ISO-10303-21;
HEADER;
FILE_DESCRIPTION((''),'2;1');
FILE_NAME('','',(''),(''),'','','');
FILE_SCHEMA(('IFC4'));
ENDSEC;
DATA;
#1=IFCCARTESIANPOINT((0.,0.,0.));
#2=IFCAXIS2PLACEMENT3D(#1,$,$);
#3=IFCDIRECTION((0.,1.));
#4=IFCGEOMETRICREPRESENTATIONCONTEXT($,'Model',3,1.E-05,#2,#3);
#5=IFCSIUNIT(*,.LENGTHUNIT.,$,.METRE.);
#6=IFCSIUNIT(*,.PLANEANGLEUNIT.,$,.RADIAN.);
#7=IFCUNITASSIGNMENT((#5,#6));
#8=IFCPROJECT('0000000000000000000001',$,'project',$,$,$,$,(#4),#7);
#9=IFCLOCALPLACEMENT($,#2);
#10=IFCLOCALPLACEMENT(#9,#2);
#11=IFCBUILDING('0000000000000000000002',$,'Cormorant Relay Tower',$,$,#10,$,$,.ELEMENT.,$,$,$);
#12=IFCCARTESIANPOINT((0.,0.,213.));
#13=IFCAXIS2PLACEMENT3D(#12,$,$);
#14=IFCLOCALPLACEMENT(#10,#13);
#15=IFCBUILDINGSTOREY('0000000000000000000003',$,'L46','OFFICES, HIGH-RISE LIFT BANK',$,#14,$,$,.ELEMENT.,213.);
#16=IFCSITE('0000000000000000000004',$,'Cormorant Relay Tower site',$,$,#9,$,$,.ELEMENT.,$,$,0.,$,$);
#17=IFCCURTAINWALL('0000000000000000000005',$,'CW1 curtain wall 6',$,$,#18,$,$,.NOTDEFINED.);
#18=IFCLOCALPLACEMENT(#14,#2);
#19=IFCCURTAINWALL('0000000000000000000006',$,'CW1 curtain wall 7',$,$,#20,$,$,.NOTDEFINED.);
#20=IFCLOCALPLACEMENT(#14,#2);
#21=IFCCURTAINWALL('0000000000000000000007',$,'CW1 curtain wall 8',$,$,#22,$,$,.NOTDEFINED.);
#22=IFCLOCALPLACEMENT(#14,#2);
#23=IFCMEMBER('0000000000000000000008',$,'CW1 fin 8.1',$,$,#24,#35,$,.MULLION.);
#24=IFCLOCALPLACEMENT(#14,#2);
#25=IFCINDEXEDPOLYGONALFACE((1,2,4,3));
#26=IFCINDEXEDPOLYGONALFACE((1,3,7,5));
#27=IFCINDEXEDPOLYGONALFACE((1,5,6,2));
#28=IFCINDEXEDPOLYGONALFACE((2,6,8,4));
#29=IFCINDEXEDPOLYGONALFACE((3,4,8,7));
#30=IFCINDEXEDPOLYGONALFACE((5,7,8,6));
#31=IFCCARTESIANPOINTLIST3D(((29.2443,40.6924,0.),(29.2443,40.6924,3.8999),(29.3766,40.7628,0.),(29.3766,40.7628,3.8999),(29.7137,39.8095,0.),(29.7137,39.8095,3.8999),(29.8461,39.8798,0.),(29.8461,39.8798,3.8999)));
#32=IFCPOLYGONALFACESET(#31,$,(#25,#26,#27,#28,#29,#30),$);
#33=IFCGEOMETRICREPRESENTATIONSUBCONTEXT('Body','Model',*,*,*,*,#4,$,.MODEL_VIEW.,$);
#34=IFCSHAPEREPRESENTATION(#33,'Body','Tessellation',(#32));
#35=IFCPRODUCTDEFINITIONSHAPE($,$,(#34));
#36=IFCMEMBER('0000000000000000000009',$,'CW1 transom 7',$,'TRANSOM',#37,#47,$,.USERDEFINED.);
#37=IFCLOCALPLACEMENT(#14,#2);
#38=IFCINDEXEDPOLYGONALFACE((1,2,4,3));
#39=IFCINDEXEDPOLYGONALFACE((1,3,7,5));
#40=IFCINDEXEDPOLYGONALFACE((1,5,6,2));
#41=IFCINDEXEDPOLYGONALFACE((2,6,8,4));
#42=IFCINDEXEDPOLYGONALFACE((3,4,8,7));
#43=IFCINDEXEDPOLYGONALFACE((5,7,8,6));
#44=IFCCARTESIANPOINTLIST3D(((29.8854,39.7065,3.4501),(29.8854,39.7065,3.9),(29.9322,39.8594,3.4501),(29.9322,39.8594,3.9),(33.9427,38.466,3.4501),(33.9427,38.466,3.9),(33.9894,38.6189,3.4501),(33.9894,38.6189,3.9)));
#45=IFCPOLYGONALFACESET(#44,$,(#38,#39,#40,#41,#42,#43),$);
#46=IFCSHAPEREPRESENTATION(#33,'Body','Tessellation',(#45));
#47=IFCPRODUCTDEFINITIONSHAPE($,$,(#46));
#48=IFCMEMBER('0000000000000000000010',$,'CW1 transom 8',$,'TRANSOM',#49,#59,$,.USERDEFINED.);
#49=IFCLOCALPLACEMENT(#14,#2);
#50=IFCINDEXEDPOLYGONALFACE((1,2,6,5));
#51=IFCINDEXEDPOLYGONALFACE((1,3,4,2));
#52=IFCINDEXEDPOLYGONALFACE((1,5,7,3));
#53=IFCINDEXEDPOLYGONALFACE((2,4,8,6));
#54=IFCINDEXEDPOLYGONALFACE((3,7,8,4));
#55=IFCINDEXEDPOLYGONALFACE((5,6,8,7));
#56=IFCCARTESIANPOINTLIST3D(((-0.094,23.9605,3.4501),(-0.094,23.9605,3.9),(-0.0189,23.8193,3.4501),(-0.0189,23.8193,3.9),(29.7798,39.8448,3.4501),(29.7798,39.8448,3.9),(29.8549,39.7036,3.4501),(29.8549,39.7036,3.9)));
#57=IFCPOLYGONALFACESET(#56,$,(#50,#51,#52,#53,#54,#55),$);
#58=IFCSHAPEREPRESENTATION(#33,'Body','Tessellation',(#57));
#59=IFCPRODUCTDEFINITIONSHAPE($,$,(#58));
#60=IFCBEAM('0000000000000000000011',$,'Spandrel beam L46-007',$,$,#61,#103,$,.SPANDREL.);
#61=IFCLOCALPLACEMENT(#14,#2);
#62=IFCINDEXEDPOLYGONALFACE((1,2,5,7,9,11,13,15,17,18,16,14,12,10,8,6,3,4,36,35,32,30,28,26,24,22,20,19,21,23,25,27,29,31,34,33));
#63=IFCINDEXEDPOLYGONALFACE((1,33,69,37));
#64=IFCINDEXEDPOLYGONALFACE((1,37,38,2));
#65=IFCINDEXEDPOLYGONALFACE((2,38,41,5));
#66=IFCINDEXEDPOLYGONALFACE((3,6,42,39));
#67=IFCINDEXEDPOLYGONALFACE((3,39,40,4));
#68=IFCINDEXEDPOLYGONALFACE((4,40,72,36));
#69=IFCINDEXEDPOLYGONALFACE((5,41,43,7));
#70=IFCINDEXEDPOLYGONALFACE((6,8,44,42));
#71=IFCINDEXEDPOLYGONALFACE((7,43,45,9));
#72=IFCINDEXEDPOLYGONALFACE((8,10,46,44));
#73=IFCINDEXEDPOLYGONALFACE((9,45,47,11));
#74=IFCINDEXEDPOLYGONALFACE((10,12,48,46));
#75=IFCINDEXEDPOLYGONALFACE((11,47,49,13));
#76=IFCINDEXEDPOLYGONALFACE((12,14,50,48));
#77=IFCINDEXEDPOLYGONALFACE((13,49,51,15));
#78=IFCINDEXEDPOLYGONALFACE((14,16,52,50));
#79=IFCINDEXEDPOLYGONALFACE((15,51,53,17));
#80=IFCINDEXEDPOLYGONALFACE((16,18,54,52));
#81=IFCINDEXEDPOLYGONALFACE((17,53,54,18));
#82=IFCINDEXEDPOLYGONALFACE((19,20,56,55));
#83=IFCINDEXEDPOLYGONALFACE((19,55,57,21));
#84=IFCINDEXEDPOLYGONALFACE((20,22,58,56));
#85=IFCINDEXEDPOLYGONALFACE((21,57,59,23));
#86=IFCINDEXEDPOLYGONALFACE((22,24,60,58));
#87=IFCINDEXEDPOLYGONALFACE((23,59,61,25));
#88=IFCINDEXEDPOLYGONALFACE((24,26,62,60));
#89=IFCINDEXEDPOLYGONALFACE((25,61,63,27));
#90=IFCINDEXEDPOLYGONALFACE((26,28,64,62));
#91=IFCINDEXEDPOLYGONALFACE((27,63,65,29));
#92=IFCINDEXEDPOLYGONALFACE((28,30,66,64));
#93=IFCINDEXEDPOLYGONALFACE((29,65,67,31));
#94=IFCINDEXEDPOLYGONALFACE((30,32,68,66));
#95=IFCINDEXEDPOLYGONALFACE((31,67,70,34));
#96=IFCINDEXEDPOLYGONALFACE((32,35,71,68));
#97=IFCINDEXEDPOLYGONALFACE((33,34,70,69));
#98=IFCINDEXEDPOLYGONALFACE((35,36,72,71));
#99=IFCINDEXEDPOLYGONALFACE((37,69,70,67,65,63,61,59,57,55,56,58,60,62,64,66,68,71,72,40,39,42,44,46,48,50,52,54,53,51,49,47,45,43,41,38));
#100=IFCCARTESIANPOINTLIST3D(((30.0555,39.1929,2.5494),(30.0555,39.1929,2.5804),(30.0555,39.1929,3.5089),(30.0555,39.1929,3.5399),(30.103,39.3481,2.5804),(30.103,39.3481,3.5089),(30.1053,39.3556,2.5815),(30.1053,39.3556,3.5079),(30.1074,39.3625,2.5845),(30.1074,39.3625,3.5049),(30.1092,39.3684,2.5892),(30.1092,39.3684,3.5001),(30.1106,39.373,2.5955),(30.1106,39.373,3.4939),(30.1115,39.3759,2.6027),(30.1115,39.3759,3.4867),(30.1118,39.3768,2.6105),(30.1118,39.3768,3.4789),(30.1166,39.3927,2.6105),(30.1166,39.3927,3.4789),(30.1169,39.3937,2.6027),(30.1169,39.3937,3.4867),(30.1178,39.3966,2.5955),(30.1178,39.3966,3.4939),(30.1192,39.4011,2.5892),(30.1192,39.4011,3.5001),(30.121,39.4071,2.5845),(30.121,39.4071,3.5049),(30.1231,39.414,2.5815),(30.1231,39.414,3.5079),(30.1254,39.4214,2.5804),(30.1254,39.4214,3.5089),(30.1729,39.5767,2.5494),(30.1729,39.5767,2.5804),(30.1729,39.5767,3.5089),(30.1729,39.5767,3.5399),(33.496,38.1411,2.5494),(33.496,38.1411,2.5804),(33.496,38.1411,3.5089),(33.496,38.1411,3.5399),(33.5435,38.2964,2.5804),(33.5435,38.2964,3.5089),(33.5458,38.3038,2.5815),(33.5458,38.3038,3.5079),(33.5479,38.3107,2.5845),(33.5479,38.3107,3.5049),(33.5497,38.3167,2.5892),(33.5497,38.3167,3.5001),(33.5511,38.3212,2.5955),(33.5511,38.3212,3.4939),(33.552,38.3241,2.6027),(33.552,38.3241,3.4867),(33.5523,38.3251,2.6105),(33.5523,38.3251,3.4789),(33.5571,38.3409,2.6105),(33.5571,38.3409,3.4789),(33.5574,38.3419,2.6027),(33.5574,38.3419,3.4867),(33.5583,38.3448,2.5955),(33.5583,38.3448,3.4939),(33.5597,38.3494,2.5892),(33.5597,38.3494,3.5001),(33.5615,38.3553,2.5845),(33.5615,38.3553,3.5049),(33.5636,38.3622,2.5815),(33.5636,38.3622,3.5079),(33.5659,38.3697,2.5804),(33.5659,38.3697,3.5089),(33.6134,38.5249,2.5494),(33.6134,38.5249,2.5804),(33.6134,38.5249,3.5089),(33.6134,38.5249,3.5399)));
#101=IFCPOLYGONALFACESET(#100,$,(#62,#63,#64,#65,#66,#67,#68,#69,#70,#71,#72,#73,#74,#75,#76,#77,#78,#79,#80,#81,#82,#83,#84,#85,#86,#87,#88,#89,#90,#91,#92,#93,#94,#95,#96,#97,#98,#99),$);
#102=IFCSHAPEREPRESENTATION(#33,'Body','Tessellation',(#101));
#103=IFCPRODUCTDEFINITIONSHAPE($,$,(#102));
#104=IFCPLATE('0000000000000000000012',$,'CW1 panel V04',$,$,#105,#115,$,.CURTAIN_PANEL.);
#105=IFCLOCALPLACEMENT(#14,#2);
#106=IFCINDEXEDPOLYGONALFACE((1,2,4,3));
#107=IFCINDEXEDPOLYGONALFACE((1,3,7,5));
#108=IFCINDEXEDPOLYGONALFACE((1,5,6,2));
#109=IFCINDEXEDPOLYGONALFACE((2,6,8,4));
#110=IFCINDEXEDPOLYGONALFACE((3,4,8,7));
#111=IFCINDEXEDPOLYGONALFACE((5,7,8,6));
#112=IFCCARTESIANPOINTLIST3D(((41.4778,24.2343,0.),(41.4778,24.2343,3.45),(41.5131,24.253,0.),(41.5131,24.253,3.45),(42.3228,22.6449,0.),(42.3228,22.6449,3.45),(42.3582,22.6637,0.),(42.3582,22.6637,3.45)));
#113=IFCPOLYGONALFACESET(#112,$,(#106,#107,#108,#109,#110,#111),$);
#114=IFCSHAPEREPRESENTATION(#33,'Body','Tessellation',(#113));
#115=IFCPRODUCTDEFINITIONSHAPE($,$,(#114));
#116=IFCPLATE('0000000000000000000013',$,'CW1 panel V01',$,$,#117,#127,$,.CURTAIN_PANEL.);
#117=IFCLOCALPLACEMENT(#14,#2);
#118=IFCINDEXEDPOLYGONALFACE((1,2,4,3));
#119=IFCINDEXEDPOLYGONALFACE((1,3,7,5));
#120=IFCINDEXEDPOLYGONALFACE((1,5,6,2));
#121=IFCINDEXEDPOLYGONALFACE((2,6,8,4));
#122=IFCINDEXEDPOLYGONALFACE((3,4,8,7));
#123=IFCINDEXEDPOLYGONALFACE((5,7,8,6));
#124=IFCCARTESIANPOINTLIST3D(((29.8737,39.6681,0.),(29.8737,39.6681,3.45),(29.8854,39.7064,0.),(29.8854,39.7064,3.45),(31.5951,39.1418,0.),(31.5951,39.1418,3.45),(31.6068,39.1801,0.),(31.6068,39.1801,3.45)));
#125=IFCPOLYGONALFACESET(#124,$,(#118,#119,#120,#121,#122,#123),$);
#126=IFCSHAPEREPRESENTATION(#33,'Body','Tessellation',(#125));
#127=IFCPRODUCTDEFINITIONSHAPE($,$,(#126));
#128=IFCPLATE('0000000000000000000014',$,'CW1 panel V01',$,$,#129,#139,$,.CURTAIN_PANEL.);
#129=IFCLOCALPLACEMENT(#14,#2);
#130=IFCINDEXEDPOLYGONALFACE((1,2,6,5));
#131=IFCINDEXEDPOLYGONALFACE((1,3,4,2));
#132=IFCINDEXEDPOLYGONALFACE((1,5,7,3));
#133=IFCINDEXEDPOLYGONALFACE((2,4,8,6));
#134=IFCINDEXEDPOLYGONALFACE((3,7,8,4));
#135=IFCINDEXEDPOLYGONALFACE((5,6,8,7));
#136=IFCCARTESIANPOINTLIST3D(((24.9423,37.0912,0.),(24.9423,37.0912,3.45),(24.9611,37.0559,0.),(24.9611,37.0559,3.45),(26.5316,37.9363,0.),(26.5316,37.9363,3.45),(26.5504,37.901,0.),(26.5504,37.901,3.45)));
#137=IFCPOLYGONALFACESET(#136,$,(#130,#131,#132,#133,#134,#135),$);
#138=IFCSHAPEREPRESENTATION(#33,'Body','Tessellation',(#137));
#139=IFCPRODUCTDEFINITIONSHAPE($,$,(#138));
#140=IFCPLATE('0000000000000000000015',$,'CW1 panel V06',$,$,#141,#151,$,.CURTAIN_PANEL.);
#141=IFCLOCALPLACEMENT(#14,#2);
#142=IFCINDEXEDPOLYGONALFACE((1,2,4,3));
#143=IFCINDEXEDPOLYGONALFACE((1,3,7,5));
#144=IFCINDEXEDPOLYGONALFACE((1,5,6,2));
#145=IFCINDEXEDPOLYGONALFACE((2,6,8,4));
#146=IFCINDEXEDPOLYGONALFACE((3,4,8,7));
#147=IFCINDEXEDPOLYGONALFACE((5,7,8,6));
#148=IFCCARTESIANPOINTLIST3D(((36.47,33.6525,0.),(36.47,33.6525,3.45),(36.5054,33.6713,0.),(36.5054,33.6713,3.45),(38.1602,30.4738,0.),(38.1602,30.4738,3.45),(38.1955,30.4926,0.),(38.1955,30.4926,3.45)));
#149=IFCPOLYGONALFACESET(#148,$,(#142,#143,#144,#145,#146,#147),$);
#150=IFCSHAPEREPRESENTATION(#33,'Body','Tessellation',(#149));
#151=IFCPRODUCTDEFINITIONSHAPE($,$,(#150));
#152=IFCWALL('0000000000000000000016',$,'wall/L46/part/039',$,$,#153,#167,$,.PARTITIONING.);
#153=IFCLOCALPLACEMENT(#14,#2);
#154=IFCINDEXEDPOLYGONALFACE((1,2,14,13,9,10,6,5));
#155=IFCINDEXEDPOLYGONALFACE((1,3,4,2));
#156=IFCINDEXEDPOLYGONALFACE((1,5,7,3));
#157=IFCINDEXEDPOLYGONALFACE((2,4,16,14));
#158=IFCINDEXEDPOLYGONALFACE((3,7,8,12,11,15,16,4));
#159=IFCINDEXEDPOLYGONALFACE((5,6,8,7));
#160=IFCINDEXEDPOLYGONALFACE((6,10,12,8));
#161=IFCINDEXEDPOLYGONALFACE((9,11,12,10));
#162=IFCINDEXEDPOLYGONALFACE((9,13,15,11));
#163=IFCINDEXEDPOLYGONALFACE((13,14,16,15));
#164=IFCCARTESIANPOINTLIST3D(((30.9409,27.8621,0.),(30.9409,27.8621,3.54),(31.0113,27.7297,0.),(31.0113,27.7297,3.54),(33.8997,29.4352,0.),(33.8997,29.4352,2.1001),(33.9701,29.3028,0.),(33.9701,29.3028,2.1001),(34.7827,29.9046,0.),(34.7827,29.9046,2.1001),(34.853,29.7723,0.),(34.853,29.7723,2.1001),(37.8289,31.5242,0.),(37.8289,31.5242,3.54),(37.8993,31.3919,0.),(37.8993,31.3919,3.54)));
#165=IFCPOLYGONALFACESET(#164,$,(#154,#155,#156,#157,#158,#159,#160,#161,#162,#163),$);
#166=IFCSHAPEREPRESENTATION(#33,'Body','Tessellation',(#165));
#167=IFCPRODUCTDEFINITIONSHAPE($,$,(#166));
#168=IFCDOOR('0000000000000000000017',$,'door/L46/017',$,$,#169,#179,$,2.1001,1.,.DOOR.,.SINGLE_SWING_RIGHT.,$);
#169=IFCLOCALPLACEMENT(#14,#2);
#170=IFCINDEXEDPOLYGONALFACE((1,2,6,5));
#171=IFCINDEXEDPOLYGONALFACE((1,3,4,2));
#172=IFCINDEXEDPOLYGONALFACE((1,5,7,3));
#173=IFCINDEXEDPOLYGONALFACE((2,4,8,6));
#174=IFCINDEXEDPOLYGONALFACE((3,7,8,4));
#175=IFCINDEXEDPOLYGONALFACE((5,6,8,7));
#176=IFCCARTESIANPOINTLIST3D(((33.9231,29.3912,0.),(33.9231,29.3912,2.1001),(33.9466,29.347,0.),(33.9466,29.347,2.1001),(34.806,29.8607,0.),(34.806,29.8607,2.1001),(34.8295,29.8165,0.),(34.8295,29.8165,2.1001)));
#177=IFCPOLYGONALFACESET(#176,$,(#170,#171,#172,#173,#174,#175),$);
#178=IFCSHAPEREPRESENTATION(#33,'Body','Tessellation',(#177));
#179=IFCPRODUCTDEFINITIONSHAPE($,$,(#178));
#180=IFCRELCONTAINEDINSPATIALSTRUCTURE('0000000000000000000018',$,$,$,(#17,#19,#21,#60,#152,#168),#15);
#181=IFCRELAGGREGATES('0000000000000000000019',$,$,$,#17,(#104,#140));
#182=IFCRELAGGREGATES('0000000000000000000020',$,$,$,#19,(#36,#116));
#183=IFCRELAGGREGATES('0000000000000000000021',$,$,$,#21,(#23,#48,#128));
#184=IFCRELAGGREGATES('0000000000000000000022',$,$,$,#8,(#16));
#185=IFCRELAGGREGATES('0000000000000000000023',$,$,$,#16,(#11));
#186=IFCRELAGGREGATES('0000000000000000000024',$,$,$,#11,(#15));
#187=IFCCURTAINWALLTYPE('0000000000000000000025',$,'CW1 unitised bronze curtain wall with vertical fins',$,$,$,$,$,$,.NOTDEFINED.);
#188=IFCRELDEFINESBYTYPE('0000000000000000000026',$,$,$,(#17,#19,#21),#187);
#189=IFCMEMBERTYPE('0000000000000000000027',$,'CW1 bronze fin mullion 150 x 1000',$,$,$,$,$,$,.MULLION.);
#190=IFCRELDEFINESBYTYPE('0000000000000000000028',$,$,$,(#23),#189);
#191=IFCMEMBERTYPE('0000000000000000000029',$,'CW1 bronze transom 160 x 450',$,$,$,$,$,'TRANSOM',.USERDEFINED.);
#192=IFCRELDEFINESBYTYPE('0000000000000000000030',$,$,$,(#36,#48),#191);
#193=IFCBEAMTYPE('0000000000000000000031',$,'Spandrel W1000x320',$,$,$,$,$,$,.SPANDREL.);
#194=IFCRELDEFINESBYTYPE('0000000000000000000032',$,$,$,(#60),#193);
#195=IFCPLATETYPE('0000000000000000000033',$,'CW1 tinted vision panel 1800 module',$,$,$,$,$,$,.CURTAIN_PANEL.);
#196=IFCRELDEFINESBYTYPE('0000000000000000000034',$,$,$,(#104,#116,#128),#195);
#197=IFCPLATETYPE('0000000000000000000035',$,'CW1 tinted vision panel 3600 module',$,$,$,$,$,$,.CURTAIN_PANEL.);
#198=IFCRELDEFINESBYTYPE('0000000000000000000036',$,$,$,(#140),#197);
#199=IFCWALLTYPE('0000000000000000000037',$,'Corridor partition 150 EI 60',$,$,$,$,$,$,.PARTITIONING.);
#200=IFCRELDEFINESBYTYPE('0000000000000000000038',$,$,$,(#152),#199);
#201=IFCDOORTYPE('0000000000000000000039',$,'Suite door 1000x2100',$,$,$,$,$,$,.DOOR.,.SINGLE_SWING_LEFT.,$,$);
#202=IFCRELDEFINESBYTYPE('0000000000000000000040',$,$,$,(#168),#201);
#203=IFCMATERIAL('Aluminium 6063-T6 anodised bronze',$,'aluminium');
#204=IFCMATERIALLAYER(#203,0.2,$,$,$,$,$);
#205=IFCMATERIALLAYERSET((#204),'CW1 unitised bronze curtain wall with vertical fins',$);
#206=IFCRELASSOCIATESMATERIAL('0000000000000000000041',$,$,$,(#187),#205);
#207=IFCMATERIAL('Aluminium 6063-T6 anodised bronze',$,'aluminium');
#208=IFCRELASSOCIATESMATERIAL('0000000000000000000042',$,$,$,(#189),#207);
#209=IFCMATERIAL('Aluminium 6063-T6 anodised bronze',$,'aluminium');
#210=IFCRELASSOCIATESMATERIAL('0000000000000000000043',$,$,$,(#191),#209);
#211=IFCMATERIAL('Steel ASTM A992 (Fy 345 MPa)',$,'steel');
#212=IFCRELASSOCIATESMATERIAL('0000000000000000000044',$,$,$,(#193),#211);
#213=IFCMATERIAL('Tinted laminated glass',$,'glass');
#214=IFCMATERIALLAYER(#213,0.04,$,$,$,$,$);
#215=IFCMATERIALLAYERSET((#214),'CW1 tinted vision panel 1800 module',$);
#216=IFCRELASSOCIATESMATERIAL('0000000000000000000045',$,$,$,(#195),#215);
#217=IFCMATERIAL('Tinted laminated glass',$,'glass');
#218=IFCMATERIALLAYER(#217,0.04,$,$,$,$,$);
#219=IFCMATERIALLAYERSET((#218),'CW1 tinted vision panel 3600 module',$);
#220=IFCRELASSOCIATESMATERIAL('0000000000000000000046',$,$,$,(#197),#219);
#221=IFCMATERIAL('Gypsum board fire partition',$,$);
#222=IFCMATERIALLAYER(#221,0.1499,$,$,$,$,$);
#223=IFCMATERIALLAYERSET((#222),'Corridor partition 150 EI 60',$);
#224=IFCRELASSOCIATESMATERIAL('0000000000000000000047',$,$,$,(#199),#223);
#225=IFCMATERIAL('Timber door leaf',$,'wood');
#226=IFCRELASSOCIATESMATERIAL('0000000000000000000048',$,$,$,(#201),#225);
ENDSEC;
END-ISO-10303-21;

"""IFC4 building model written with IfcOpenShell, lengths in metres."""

from ifc_helpers import new_model, si_unit, direction, frame, frame_2d, origin, origin_2d, place, context, subcontext, project, spatial, rectangle, i_section, extrude, material, layer, layer_set, material_profile, profile_set, type_object, element, fill, aggregate, save


model = new_model("IFC4")

# Units and contexts
model_context = context("Model", 3, precision=1e-05, world=origin(), true_north=direction((0.0, 1.0)))
body_context = subcontext(model_context, "Body", "Model", "MODEL_VIEW")
ifc_project = project(units=[si_unit("LENGTHUNIT", "METRE"), si_unit("PLANEANGLEUNIT", "RADIAN")], contexts=[model_context])

# Site, building, storey
site_placement = place(None, origin())
site = spatial("IfcSite", under=ifc_project, at=site_placement, Name="Cormorant Relay Tower site", CompositionType="ELEMENT", RefElevation=0.0)
building_placement = place(site_placement, origin())
building = spatial("IfcBuilding", under=site, at=building_placement, Name="Cormorant Relay Tower", CompositionType="ELEMENT")
storey_placement = place(building_placement, frame((0.0, 0.0, 213.0)))
storey = spatial("IfcBuildingStorey", under=building, at=storey_placement, Name="L46", Description="OFFICES, HIGH-RISE LIFT BANK", CompositionType="ELEMENT", Elevation=213.0)

# Curtain wall
ifc_material_1 = material(Name="Aluminium 6063-T6 anodised bronze", Category="aluminium")
ifc_layer_1 = layer(ifc_material_1, 0.2)
ifc_layer_set_1 = layer_set([ifc_layer_1], Name="CW1 unitised bronze curtain wall with vertical fins")
curtain_wall_type = type_object("IfcCurtainWallType", Name="CW1 unitised bronze curtain wall with vertical fins", PredefinedType="NOTDEFINED", material=ifc_layer_set_1)
curtain_wall_1_placement = place(storey_placement, origin())
curtain_wall_1 = element("IfcCurtainWall", 1, at=curtain_wall_1_placement, inside=storey, type_object=curtain_wall_type, Name="CW1 curtain wall 6", PredefinedType="NOTDEFINED")
ifc_material_2 = material(Name="Aluminium 6063-T6 anodised bronze", Category="aluminium")
ifc_material_profile_1 = material_profile(ifc_material_2, rectangle(XDim=0.1499, YDim=1.0, at=origin_2d()), Name="AL 150x1000")
ifc_profile_set_1 = profile_set([ifc_material_profile_1], Name="Aluminium 6063-T6 anodised bronze")
member_type_1 = type_object("IfcMemberType", Name="CW1 bronze fin mullion 150 x 1000", PredefinedType="MULLION", material=ifc_profile_set_1)

# Curtain walls, member
curtain_wall_2_placement = place(storey_placement, origin())
curtain_wall_2 = element("IfcCurtainWall", 2, at=curtain_wall_2_placement, inside=storey, type_object=curtain_wall_type, Name="CW1 curtain wall 7", PredefinedType="NOTDEFINED")
curtain_wall_3_placement = place(storey_placement, origin())
curtain_wall_3 = element("IfcCurtainWall", 3, at=curtain_wall_3_placement, inside=storey, type_object=curtain_wall_type, Name="CW1 curtain wall 8", PredefinedType="NOTDEFINED")
member_1_placement = place(storey_placement, frame((29.5452, 40.2861, 0.0), z_axis=(0.0, 0.0, 1.0), x_axis=(-0.882948, -0.469472, 0.0)))
member_1 = element("IfcMember", 4, at=member_1_placement, type_object=member_type_1, Name="CW1 fin 8.1", PredefinedType="MULLION", context=body_context, shape_type="SweptSolid", body=[
    extrude(rectangle(XDim=0.1499, YDim=1.0, at=origin_2d()), origin(), (0.0, 0.0, 1.0), 3.8999),
])

# Members
ifc_material_3 = material(Name="Aluminium 6063-T6 anodised bronze", Category="aluminium")
ifc_material_profile_2 = material_profile(ifc_material_3, rectangle(XDim=0.1599, YDim=0.45, at=origin_2d()), Name="AL 160x450")
ifc_profile_set_2 = profile_set([ifc_material_profile_2], Name="Aluminium 6063-T6 anodised bronze")
member_type_2 = type_object("IfcMemberType", Name="CW1 bronze transom 160 x 450", ElementType="TRANSOM", PredefinedType="USERDEFINED", material=ifc_profile_set_2)
member_2_placement = place(storey_placement, frame((33.9661, 38.5425, 3.675), z_axis=(-0.956304, 0.292375, 0.0), x_axis=(-0.292375, -0.956304, 0.0)))
member_2 = element("IfcMember", 5, at=member_2_placement, type_object=member_type_2, Name="CW1 transom 7", ObjectType="TRANSOM", PredefinedType="USERDEFINED", context=body_context, shape_type="SweptSolid", body=[
    extrude(rectangle(XDim=0.1599, YDim=0.45, at=origin_2d()), origin(), (0.0, 0.0, 1.0), 4.2427),
])
member_3_placement = place(storey_placement, frame((29.8174, 39.7742, 3.675), z_axis=(-0.882946, -0.469474, 0.0), x_axis=(0.469474, -0.882946, 0.0)))
member_3 = element("IfcMember", 6, at=member_3_placement, type_object=member_type_2, Name="CW1 transom 8", ObjectType="TRANSOM", PredefinedType="USERDEFINED", context=body_context, shape_type="SweptSolid", body=[
    extrude(rectangle(XDim=0.1599, YDim=0.45, at=origin_2d()), origin(), (0.0, 0.0, 1.0), 33.8342),
])

# Beam
ifc_material_4 = material(Name="Steel ASTM A992 (Fy 345 MPa)", Category="steel")
ifc_material_profile_3 = material_profile(ifc_material_4, i_section(OverallWidth=0.4014, OverallDepth=0.9905, WebThickness=0.0166, FlangeThickness=0.031, FilletRadius=0.03, at=origin_2d()), Name="W1000x320")
ifc_profile_set_3 = profile_set([ifc_material_profile_3], Name="Steel ASTM A992 (Fy 345 MPa)")
beam_type = type_object("IfcBeamType", Name="Spandrel W1000x320", PredefinedType="SPANDREL", material=ifc_profile_set_3)
beam_placement = place(storey_placement, frame((33.5547, 38.333, 3.0447), z_axis=(-0.956312, 0.29235, 0.0), x_axis=(-0.29235, -0.956312, 0.0)))
element("IfcBeam", 7, at=beam_placement, inside=storey, type_object=beam_type, Name="Spandrel beam L46-007", PredefinedType="SPANDREL", context=body_context, shape_type="SweptSolid", body=[
    extrude(i_section(OverallWidth=0.4014, OverallDepth=0.9905, WebThickness=0.0166, FlangeThickness=0.031, FilletRadius=0.03, at=origin_2d()), origin(), (0.0, 0.0, 1.0), 3.5977),
])

# Plates
ifc_material_5 = material(Name="Tinted laminated glass", Category="glass")
ifc_layer_2 = layer(ifc_material_5, 0.04)
ifc_layer_set_2 = layer_set([ifc_layer_2], Name="CW1 tinted vision panel 1800 module")
plate_type_1 = type_object("IfcPlateType", Name="CW1 tinted vision panel 1800 module", PredefinedType="CURTAIN_PANEL", material=ifc_layer_set_2)
plate_1_placement = place(storey_placement, frame((41.918, 23.449, 0.0), z_axis=(0.0, 0.0, 1.0), x_axis=(-0.469472, 0.882948, 0.0)))
plate_1 = element("IfcPlate", 8, at=plate_1_placement, type_object=plate_type_1, Name="CW1 panel V04", PredefinedType="CURTAIN_PANEL", context=body_context, shape_type="SweptSolid", body=[
    extrude(rectangle(XDim=1.8, YDim=0.04, at=origin_2d()), origin(), (0.0, 0.0, 1.0), 3.45),
])
plate_2_placement = place(storey_placement, frame((30.7402, 39.4241, 0.0), z_axis=(0.0, 0.0, 1.0), x_axis=(-0.956305, 0.292372, 0.0)))
plate_2 = element("IfcPlate", 9, at=plate_2_placement, type_object=plate_type_1, Name="CW1 panel V01", PredefinedType="CURTAIN_PANEL", context=body_context, shape_type="SweptSolid", body=[
    extrude(rectangle(XDim=1.8, YDim=0.04, at=origin_2d()), origin(), (0.0, 0.0, 1.0), 3.45),
])
plate_3_placement = place(storey_placement, frame((25.7463, 37.4961, 0.0), z_axis=(0.0, 0.0, 1.0), x_axis=(-0.882948, -0.469472, 0.0)))
plate_3 = element("IfcPlate", 10, at=plate_3_placement, type_object=plate_type_1, Name="CW1 panel V01", PredefinedType="CURTAIN_PANEL", context=body_context, shape_type="SweptSolid", body=[
    extrude(rectangle(XDim=1.8, YDim=0.04, at=origin_2d()), origin(), (0.0, 0.0, 1.0), 3.45),
])
ifc_material_6 = material(Name="Tinted laminated glass", Category="glass")
ifc_layer_3 = layer(ifc_material_6, 0.04)
ifc_layer_set_3 = layer_set([ifc_layer_3], Name="CW1 tinted vision panel 3600 module")
plate_type_2 = type_object("IfcPlateType", Name="CW1 tinted vision panel 3600 module", PredefinedType="CURTAIN_PANEL", material=ifc_layer_set_3)
plate_4_placement = place(storey_placement, frame((37.3328, 32.0725, 0.0), z_axis=(0.0, 0.0, 1.0), x_axis=(-0.469472, 0.882948, 0.0)))
plate_4 = element("IfcPlate", 11, at=plate_4_placement, type_object=plate_type_2, Name="CW1 panel V06", PredefinedType="CURTAIN_PANEL", context=body_context, shape_type="SweptSolid", body=[
    extrude(rectangle(XDim=3.6001, YDim=0.04, at=origin_2d()), origin(), (0.0, 0.0, 1.0), 3.45),
])

# Wall, opening, door
ifc_material_7 = material(Name="Gypsum board fire partition")
ifc_layer_4 = layer(ifc_material_7, 0.1499)
ifc_layer_set_4 = layer_set([ifc_layer_4], Name="Corridor partition 150 EI 60")
wall_type_1 = type_object("IfcWallType", Name="Corridor partition 150 EI 60", PredefinedType="PARTITIONING", material=ifc_layer_set_4)
wall_1_placement = place(storey_placement, frame((37.864, 31.458, 0.0), z_axis=(0.0, 0.0, 1.0), x_axis=(-0.882962, -0.469444, 0.0)))
wall_1 = element("IfcWall", 12, at=wall_1_placement, inside=storey, type_object=wall_type_1, Name="wall/L46/part/039", PredefinedType="PARTITIONING", context=body_context, shape_type="SweptSolid", body=[
    extrude(rectangle(XDim=7.801, YDim=0.1499, at=frame_2d((3.9004, 0.0))), origin(), (0.0, 0.0, 1.0), 3.54),
])
opening_1_placement = place(wall_1_placement, frame((3.45, 0.0, 0.0)))
opening_1 = element("IfcOpeningElement", 13, at=opening_1_placement, cuts=wall_1, PredefinedType="OPENING", context=body_context, shape_type="SweptSolid", body=[
    extrude(rectangle(XDim=1.0, YDim=2.1001, at=frame_2d((0.5, 1.05))), frame((0.0, 0.085, 0.0), z_axis=(0.0, -1.0, 0.0), x_axis=(1.0, 0.0, 0.0)), (0.0, 0.0, 1.0), 0.1699),
])
ifc_material_8 = material(Name="Timber door leaf", Category="wood")
door_type = type_object("IfcDoorType", Name="Suite door 1000x2100", OperationType="SINGLE_SWING_LEFT", PredefinedType="DOOR", material=ifc_material_8)
door_1_placement = place(opening_1_placement, origin())
door_1 = element("IfcDoor", 14, at=door_1_placement, inside=storey, type_object=door_type, Name="door/L46/017", OperationType="SINGLE_SWING_RIGHT", OverallHeight=2.1001, OverallWidth=1.0, PredefinedType="DOOR", context=body_context, shape_type="SweptSolid", body=[
    extrude(rectangle(XDim=1.0, YDim=2.1001, at=frame_2d((0.5, 1.05))), frame((0.0, 0.0249, 0.0), z_axis=(0.0, -1.0, 0.0), x_axis=(1.0, 0.0, 0.0)), (0.0, 0.0, 1.0), 0.05),
])
fill(opening_1, door_1)

aggregate(curtain_wall_1, [plate_1, plate_4])
aggregate(curtain_wall_2, [member_2, plate_2])
aggregate(curtain_wall_3, [member_1, member_3, plate_3])

save(model, "model.ifc")
